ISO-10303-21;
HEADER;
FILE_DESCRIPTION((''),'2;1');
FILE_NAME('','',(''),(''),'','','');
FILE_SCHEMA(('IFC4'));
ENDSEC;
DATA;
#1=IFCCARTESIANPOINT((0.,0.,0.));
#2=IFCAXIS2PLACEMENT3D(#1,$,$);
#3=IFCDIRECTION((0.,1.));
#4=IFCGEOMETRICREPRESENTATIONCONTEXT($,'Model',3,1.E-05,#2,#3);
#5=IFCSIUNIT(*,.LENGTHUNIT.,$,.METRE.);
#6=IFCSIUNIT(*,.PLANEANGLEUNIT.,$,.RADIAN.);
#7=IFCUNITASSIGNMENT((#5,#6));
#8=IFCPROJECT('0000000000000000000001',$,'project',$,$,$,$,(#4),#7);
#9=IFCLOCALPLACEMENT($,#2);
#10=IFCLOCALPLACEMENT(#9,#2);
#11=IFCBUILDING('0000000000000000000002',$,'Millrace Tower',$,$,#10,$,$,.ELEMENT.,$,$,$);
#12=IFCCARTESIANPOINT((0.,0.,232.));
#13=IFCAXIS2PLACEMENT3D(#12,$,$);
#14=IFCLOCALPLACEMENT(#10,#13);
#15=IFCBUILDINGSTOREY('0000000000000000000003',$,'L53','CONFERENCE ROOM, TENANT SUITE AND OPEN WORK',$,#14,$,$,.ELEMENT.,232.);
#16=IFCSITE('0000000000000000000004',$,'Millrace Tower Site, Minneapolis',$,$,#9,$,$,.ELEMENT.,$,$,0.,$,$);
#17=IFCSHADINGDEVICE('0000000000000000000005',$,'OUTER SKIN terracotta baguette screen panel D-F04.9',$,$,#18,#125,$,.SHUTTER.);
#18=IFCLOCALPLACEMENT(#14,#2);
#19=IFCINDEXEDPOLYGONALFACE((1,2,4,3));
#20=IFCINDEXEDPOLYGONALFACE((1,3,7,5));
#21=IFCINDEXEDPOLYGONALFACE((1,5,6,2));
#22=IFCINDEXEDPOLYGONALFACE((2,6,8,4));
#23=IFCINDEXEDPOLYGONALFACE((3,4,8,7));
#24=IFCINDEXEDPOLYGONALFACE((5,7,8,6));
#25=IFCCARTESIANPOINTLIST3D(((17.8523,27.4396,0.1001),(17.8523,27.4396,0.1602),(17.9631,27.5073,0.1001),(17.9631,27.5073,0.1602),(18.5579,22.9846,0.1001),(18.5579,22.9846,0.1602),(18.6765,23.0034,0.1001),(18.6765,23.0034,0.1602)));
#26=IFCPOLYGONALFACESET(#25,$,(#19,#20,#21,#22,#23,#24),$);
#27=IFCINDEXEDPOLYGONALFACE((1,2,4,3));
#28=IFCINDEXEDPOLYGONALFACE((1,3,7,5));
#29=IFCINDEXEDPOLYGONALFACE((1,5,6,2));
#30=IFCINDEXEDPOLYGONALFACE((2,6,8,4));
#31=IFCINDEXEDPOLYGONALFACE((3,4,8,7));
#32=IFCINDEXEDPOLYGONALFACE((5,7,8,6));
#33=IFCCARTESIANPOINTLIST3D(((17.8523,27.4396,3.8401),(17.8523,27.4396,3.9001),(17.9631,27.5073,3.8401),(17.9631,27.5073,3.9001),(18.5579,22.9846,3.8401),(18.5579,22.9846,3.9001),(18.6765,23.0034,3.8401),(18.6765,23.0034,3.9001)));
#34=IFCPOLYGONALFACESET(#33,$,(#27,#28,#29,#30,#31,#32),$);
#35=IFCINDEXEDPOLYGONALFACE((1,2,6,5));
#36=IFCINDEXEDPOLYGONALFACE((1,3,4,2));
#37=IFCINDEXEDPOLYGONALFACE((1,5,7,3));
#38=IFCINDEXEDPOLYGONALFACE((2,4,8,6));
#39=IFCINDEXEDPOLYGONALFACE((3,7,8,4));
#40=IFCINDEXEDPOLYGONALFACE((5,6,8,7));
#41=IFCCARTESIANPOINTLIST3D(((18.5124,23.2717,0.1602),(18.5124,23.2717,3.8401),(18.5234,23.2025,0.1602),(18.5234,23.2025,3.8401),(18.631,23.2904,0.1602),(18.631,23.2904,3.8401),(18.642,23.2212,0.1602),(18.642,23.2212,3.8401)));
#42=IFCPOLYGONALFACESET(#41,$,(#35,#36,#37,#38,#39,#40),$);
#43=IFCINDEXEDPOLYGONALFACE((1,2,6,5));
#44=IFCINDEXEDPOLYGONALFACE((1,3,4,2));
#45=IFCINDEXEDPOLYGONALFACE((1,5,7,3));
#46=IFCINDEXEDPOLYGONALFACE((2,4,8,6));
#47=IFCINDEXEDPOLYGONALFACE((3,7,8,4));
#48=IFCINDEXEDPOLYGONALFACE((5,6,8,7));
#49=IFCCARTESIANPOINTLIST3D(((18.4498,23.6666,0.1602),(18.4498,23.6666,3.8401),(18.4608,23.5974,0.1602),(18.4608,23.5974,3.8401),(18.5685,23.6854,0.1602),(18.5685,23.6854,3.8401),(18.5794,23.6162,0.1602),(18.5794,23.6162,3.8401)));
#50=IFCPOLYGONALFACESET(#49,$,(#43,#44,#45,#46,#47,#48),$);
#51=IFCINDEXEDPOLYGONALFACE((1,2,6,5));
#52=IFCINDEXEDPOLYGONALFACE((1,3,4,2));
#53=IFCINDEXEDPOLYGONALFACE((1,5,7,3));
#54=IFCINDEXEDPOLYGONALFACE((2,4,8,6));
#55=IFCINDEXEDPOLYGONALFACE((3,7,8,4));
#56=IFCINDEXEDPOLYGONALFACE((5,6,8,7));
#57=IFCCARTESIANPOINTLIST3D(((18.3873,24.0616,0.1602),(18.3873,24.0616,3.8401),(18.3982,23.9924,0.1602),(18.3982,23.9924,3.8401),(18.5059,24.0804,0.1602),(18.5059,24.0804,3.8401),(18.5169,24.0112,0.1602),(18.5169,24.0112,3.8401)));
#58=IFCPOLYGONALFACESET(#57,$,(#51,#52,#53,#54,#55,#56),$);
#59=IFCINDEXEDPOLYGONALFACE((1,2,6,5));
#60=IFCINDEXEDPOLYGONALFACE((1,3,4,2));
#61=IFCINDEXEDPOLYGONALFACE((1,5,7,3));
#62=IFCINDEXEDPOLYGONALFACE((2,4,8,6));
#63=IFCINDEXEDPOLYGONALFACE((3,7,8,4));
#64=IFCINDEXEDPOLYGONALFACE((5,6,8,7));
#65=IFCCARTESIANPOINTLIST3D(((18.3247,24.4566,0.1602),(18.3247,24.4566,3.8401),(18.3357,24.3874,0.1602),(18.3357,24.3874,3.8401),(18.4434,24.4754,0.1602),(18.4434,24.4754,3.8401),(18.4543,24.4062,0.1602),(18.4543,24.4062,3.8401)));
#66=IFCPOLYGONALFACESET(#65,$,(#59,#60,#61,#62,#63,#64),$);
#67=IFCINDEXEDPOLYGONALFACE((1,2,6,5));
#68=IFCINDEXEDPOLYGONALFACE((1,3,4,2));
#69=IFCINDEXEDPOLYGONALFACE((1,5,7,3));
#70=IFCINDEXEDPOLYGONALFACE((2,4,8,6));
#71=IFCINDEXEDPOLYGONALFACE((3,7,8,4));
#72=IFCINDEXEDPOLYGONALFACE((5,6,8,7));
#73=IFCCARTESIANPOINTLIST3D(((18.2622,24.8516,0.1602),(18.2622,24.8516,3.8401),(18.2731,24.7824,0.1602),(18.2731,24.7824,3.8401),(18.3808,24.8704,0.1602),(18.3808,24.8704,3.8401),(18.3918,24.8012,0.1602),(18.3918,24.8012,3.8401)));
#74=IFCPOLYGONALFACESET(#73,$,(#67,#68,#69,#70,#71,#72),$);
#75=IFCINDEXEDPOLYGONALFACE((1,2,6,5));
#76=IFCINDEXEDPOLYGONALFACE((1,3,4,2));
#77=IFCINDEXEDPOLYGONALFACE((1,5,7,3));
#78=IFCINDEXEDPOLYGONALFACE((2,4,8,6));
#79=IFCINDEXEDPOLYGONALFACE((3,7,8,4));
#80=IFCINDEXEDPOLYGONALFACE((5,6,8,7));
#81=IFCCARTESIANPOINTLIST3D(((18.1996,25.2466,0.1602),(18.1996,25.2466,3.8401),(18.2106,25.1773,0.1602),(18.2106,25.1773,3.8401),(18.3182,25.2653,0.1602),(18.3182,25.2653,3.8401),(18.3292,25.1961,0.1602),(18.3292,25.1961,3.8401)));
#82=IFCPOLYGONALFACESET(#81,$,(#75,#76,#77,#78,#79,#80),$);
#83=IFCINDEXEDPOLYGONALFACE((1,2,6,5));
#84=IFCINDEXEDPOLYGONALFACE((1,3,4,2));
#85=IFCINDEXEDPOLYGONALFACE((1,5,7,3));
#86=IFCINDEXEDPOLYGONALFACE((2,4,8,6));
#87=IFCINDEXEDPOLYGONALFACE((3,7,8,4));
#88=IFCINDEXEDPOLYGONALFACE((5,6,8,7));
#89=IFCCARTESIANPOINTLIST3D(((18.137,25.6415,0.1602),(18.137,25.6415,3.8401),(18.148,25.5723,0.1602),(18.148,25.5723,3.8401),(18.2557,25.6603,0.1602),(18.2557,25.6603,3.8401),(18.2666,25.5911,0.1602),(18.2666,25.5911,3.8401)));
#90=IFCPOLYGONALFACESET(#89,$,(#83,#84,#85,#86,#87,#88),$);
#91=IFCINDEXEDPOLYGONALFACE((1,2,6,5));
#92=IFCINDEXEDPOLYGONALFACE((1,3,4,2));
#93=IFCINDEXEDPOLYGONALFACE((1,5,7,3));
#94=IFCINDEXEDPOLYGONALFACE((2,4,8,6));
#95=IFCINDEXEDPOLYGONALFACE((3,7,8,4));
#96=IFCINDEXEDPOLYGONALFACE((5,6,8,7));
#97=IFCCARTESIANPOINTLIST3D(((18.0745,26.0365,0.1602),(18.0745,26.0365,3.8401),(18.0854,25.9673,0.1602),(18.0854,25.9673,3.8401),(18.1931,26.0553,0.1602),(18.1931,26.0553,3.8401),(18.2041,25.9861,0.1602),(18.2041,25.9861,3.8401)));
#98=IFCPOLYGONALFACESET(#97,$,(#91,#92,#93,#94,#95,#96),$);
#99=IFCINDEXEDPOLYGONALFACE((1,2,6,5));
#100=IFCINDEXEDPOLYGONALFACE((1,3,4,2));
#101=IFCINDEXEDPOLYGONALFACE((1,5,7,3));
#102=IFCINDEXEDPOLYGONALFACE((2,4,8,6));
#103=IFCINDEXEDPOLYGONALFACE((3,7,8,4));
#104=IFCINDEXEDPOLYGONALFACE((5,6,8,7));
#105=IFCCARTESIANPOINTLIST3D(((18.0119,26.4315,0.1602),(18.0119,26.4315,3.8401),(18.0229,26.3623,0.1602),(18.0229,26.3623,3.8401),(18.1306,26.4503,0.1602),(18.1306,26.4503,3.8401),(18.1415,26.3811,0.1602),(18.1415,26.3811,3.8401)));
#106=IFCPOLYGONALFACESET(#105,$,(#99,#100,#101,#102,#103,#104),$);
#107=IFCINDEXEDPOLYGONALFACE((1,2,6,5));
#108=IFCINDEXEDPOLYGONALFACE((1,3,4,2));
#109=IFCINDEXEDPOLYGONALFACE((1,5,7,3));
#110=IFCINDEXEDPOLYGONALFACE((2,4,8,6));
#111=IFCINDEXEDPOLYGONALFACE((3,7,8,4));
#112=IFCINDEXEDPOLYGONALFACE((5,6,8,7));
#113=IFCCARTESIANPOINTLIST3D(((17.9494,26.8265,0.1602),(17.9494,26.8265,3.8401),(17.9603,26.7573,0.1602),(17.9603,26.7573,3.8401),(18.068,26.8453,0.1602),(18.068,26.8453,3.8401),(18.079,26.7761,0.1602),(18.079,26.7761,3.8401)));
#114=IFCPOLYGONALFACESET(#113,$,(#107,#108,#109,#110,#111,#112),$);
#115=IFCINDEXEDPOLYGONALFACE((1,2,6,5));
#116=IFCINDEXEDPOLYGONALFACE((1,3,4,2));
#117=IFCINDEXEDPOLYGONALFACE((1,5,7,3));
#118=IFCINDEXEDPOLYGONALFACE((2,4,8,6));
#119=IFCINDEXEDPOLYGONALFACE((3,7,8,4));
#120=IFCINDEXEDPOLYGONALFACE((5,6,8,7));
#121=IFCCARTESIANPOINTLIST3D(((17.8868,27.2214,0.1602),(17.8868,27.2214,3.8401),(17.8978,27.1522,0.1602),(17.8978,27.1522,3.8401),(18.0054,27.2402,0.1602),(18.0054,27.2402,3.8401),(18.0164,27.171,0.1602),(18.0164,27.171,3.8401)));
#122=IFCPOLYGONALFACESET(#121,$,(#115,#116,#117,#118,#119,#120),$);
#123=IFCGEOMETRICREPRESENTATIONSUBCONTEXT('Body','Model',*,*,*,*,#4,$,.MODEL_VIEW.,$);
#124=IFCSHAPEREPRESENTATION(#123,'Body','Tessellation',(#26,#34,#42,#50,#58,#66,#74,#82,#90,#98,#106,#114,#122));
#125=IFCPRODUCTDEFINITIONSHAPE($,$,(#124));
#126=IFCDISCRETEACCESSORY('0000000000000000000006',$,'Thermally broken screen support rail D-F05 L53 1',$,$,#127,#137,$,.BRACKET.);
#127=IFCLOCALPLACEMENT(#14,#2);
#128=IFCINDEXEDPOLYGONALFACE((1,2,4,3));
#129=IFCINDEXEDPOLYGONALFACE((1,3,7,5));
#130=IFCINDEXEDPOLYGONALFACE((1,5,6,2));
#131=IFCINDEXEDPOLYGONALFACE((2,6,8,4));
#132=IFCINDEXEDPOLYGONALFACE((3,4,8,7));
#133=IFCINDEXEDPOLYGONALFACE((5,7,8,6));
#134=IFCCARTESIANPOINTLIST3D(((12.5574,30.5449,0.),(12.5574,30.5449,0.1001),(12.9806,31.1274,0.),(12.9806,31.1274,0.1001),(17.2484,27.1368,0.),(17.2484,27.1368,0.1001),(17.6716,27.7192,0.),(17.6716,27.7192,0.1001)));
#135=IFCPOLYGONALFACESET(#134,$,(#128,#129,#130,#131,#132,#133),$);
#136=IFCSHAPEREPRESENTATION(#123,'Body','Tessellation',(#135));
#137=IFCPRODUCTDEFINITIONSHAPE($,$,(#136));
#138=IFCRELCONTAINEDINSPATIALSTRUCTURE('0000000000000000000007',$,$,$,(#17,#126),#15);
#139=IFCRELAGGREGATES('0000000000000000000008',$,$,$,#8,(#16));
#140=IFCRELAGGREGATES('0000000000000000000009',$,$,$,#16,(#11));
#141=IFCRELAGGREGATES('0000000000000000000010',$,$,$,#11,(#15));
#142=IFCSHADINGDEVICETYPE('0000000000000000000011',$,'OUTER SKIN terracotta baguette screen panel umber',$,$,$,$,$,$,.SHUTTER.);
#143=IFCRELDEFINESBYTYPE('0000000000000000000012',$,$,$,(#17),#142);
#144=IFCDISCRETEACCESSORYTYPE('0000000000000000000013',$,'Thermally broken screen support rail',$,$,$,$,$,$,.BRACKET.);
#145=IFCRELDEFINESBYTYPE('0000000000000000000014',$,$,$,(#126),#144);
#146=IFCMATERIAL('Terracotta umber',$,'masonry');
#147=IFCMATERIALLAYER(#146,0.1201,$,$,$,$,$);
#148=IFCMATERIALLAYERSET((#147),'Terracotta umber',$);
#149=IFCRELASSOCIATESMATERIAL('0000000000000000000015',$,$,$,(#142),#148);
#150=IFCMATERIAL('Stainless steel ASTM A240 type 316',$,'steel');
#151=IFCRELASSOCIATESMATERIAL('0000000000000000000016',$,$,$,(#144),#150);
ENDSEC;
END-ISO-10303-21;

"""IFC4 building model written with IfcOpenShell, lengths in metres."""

from ifc_helpers import new_model, entity, si_unit, direction, frame, frame_2d, origin, origin_2d, place, context, subcontext, project, spatial, rectangle, extrude, source, transform, mapped, material, layer, layer_set, type_object, element, save


model = new_model("IFC4")

# Units and contexts
model_context = context("Model", 3, precision=1e-05, world=origin(), true_north=direction((0.0, 1.0)))
body_context = subcontext(model_context, "Body", "Model", "MODEL_VIEW")
ifc_project = project(units=[si_unit("LENGTHUNIT", "METRE"), si_unit("PLANEANGLEUNIT", "RADIAN")], contexts=[model_context])

# Site, building, storey
site_placement = place(None, origin())
site = spatial("IfcSite", under=ifc_project, at=site_placement, Name="Millrace Tower Site, Minneapolis", CompositionType="ELEMENT", RefElevation=0.0)
building_placement = place(site_placement, origin())
building = spatial("IfcBuilding", under=site, at=building_placement, Name="Millrace Tower", CompositionType="ELEMENT")
storey_placement = place(building_placement, frame((0.0, 0.0, 232.0)))
storey = spatial("IfcBuildingStorey", under=building, at=storey_placement, Name="L53", Description="CONFERENCE ROOM, TENANT SUITE AND OPEN WORK", CompositionType="ELEMENT", Elevation=232.0)

# Shading device
ifc_material_1 = material(Name="Terracotta umber", Category="masonry")
ifc_layer_1 = layer(ifc_material_1, 0.1201)
ifc_layer_set_1 = layer_set([ifc_layer_1], Name="Terracotta umber")
shading_device_type = type_object("IfcShadingDeviceType", Name="OUTER SKIN terracotta baguette screen panel umber", PredefinedType="SHUTTER", material=ifc_layer_set_1)
cartesian_point_1 = entity("IfcCartesianPoint", [-2.2676, 0.0601])
shared_polyline_1 = entity("IfcPolyline", [cartesian_point_1, entity("IfcCartesianPoint", [2.2429, 0.0601]), entity("IfcCartesianPoint", [2.2925, -0.0601]), entity("IfcCartesianPoint", [-2.2676, -0.0601]), cartesian_point_1])
shared_shape_1 = source(origin(), body_context, "Body", "SweptSolid", [
    entity("IfcExtrudedAreaSolid", entity("IfcArbitraryClosedProfileDef", "AREA", None, shared_polyline_1), entity("IfcAxis2Placement3D", entity("IfcCartesianPoint", [0.0, 0.0, 0.0])), entity("IfcDirection", [0.0, 0.0, 1.0]), 0.0601),
    entity("IfcExtrudedAreaSolid", entity("IfcArbitraryClosedProfileDef", "AREA", None, shared_polyline_1), entity("IfcAxis2Placement3D", entity("IfcCartesianPoint", [0.0, 0.0, 3.74])), entity("IfcDirection", [0.0, 0.0, 1.0]), 0.0601),
    extrude(rectangle(XDim=0.0701, YDim=0.1201, at=frame_2d((-2.012, 0.0))), frame((0.0, 0.0, 0.0601)), (0.0, 0.0, 1.0), 3.6799),
    extrude(rectangle(XDim=0.0701, YDim=0.1201, at=frame_2d((-1.6121, 0.0))), frame((0.0, 0.0, 0.0601)), (0.0, 0.0, 1.0), 3.6799),
    extrude(rectangle(XDim=0.0701, YDim=0.1201, at=frame_2d((-1.2122, 0.0))), frame((0.0, 0.0, 0.0601)), (0.0, 0.0, 1.0), 3.6799),
    extrude(rectangle(XDim=0.0701, YDim=0.1201, at=frame_2d((-0.8123, 0.0))), frame((0.0, 0.0, 0.0601)), (0.0, 0.0, 1.0), 3.6799),
    extrude(rectangle(XDim=0.0701, YDim=0.1201, at=frame_2d((-0.4124, 0.0))), frame((0.0, 0.0, 0.0601)), (0.0, 0.0, 1.0), 3.6799),
    extrude(rectangle(XDim=0.0701, YDim=0.1201, at=frame_2d((-0.0125, 0.0))), frame((0.0, 0.0, 0.0601)), (0.0, 0.0, 1.0), 3.6799),
    extrude(rectangle(XDim=0.0701, YDim=0.1201, at=frame_2d((0.3875, 0.0))), frame((0.0, 0.0, 0.0601)), (0.0, 0.0, 1.0), 3.6799),
    extrude(rectangle(XDim=0.0701, YDim=0.1201, at=frame_2d((0.7874, 0.0))), frame((0.0, 0.0, 0.0601)), (0.0, 0.0, 1.0), 3.6799),
    extrude(rectangle(XDim=0.0701, YDim=0.1201, at=frame_2d((1.1873, 0.0))), frame((0.0, 0.0, 0.0601)), (0.0, 0.0, 1.0), 3.6799),
    extrude(rectangle(XDim=0.0701, YDim=0.1201, at=frame_2d((1.5872, 0.0))), frame((0.0, 0.0, 0.0601)), (0.0, 0.0, 1.0), 3.6799),
    extrude(rectangle(XDim=0.0701, YDim=0.1201, at=frame_2d((1.9871, 0.0))), frame((0.0, 0.0, 0.0601)), (0.0, 0.0, 1.0), 3.6799),
])
shading_device_1_placement = place(storey_placement, frame((18.2625, 25.2336, 0.1001), z_axis=(0.0, 0.0, 1.0), x_axis=(-0.156434, 0.987688, 0.0)))
element("IfcShadingDevice", 1, at=shading_device_1_placement, inside=storey, type_object=shading_device_type, Name="OUTER SKIN terracotta baguette screen panel D-F04.9", PredefinedType="SHUTTER", context=body_context, shape_type="MappedRepresentation", body=[
    mapped(shared_shape_1, transform((0.0, 0.0, 0.0), scale=1.0)),
])

# Discrete accessory
ifc_material_2 = material(Name="Stainless steel ASTM A240 type 316", Category="steel")
discrete_accessory_type = type_object("IfcDiscreteAccessoryType", Name="Thermally broken screen support rail", PredefinedType="BRACKET", material=ifc_material_2)
discrete_accessory_placement = place(storey_placement, frame((15.1145, 29.1321, 0.0), z_axis=(0.0, 0.0, 1.0), x_axis=(-0.809017, 0.587785, 0.0)))
element("IfcDiscreteAccessory", 2, at=discrete_accessory_placement, inside=storey, type_object=discrete_accessory_type, Name="Thermally broken screen support rail D-F05 L53 1", PredefinedType="BRACKET", context=body_context, shape_type="SweptSolid", body=[
    extrude(rectangle(XDim=5.7983, YDim=0.72, at=origin_2d()), origin(), (0.0, 0.0, 1.0), 0.1001),
])

save(model, "model.ifc")
